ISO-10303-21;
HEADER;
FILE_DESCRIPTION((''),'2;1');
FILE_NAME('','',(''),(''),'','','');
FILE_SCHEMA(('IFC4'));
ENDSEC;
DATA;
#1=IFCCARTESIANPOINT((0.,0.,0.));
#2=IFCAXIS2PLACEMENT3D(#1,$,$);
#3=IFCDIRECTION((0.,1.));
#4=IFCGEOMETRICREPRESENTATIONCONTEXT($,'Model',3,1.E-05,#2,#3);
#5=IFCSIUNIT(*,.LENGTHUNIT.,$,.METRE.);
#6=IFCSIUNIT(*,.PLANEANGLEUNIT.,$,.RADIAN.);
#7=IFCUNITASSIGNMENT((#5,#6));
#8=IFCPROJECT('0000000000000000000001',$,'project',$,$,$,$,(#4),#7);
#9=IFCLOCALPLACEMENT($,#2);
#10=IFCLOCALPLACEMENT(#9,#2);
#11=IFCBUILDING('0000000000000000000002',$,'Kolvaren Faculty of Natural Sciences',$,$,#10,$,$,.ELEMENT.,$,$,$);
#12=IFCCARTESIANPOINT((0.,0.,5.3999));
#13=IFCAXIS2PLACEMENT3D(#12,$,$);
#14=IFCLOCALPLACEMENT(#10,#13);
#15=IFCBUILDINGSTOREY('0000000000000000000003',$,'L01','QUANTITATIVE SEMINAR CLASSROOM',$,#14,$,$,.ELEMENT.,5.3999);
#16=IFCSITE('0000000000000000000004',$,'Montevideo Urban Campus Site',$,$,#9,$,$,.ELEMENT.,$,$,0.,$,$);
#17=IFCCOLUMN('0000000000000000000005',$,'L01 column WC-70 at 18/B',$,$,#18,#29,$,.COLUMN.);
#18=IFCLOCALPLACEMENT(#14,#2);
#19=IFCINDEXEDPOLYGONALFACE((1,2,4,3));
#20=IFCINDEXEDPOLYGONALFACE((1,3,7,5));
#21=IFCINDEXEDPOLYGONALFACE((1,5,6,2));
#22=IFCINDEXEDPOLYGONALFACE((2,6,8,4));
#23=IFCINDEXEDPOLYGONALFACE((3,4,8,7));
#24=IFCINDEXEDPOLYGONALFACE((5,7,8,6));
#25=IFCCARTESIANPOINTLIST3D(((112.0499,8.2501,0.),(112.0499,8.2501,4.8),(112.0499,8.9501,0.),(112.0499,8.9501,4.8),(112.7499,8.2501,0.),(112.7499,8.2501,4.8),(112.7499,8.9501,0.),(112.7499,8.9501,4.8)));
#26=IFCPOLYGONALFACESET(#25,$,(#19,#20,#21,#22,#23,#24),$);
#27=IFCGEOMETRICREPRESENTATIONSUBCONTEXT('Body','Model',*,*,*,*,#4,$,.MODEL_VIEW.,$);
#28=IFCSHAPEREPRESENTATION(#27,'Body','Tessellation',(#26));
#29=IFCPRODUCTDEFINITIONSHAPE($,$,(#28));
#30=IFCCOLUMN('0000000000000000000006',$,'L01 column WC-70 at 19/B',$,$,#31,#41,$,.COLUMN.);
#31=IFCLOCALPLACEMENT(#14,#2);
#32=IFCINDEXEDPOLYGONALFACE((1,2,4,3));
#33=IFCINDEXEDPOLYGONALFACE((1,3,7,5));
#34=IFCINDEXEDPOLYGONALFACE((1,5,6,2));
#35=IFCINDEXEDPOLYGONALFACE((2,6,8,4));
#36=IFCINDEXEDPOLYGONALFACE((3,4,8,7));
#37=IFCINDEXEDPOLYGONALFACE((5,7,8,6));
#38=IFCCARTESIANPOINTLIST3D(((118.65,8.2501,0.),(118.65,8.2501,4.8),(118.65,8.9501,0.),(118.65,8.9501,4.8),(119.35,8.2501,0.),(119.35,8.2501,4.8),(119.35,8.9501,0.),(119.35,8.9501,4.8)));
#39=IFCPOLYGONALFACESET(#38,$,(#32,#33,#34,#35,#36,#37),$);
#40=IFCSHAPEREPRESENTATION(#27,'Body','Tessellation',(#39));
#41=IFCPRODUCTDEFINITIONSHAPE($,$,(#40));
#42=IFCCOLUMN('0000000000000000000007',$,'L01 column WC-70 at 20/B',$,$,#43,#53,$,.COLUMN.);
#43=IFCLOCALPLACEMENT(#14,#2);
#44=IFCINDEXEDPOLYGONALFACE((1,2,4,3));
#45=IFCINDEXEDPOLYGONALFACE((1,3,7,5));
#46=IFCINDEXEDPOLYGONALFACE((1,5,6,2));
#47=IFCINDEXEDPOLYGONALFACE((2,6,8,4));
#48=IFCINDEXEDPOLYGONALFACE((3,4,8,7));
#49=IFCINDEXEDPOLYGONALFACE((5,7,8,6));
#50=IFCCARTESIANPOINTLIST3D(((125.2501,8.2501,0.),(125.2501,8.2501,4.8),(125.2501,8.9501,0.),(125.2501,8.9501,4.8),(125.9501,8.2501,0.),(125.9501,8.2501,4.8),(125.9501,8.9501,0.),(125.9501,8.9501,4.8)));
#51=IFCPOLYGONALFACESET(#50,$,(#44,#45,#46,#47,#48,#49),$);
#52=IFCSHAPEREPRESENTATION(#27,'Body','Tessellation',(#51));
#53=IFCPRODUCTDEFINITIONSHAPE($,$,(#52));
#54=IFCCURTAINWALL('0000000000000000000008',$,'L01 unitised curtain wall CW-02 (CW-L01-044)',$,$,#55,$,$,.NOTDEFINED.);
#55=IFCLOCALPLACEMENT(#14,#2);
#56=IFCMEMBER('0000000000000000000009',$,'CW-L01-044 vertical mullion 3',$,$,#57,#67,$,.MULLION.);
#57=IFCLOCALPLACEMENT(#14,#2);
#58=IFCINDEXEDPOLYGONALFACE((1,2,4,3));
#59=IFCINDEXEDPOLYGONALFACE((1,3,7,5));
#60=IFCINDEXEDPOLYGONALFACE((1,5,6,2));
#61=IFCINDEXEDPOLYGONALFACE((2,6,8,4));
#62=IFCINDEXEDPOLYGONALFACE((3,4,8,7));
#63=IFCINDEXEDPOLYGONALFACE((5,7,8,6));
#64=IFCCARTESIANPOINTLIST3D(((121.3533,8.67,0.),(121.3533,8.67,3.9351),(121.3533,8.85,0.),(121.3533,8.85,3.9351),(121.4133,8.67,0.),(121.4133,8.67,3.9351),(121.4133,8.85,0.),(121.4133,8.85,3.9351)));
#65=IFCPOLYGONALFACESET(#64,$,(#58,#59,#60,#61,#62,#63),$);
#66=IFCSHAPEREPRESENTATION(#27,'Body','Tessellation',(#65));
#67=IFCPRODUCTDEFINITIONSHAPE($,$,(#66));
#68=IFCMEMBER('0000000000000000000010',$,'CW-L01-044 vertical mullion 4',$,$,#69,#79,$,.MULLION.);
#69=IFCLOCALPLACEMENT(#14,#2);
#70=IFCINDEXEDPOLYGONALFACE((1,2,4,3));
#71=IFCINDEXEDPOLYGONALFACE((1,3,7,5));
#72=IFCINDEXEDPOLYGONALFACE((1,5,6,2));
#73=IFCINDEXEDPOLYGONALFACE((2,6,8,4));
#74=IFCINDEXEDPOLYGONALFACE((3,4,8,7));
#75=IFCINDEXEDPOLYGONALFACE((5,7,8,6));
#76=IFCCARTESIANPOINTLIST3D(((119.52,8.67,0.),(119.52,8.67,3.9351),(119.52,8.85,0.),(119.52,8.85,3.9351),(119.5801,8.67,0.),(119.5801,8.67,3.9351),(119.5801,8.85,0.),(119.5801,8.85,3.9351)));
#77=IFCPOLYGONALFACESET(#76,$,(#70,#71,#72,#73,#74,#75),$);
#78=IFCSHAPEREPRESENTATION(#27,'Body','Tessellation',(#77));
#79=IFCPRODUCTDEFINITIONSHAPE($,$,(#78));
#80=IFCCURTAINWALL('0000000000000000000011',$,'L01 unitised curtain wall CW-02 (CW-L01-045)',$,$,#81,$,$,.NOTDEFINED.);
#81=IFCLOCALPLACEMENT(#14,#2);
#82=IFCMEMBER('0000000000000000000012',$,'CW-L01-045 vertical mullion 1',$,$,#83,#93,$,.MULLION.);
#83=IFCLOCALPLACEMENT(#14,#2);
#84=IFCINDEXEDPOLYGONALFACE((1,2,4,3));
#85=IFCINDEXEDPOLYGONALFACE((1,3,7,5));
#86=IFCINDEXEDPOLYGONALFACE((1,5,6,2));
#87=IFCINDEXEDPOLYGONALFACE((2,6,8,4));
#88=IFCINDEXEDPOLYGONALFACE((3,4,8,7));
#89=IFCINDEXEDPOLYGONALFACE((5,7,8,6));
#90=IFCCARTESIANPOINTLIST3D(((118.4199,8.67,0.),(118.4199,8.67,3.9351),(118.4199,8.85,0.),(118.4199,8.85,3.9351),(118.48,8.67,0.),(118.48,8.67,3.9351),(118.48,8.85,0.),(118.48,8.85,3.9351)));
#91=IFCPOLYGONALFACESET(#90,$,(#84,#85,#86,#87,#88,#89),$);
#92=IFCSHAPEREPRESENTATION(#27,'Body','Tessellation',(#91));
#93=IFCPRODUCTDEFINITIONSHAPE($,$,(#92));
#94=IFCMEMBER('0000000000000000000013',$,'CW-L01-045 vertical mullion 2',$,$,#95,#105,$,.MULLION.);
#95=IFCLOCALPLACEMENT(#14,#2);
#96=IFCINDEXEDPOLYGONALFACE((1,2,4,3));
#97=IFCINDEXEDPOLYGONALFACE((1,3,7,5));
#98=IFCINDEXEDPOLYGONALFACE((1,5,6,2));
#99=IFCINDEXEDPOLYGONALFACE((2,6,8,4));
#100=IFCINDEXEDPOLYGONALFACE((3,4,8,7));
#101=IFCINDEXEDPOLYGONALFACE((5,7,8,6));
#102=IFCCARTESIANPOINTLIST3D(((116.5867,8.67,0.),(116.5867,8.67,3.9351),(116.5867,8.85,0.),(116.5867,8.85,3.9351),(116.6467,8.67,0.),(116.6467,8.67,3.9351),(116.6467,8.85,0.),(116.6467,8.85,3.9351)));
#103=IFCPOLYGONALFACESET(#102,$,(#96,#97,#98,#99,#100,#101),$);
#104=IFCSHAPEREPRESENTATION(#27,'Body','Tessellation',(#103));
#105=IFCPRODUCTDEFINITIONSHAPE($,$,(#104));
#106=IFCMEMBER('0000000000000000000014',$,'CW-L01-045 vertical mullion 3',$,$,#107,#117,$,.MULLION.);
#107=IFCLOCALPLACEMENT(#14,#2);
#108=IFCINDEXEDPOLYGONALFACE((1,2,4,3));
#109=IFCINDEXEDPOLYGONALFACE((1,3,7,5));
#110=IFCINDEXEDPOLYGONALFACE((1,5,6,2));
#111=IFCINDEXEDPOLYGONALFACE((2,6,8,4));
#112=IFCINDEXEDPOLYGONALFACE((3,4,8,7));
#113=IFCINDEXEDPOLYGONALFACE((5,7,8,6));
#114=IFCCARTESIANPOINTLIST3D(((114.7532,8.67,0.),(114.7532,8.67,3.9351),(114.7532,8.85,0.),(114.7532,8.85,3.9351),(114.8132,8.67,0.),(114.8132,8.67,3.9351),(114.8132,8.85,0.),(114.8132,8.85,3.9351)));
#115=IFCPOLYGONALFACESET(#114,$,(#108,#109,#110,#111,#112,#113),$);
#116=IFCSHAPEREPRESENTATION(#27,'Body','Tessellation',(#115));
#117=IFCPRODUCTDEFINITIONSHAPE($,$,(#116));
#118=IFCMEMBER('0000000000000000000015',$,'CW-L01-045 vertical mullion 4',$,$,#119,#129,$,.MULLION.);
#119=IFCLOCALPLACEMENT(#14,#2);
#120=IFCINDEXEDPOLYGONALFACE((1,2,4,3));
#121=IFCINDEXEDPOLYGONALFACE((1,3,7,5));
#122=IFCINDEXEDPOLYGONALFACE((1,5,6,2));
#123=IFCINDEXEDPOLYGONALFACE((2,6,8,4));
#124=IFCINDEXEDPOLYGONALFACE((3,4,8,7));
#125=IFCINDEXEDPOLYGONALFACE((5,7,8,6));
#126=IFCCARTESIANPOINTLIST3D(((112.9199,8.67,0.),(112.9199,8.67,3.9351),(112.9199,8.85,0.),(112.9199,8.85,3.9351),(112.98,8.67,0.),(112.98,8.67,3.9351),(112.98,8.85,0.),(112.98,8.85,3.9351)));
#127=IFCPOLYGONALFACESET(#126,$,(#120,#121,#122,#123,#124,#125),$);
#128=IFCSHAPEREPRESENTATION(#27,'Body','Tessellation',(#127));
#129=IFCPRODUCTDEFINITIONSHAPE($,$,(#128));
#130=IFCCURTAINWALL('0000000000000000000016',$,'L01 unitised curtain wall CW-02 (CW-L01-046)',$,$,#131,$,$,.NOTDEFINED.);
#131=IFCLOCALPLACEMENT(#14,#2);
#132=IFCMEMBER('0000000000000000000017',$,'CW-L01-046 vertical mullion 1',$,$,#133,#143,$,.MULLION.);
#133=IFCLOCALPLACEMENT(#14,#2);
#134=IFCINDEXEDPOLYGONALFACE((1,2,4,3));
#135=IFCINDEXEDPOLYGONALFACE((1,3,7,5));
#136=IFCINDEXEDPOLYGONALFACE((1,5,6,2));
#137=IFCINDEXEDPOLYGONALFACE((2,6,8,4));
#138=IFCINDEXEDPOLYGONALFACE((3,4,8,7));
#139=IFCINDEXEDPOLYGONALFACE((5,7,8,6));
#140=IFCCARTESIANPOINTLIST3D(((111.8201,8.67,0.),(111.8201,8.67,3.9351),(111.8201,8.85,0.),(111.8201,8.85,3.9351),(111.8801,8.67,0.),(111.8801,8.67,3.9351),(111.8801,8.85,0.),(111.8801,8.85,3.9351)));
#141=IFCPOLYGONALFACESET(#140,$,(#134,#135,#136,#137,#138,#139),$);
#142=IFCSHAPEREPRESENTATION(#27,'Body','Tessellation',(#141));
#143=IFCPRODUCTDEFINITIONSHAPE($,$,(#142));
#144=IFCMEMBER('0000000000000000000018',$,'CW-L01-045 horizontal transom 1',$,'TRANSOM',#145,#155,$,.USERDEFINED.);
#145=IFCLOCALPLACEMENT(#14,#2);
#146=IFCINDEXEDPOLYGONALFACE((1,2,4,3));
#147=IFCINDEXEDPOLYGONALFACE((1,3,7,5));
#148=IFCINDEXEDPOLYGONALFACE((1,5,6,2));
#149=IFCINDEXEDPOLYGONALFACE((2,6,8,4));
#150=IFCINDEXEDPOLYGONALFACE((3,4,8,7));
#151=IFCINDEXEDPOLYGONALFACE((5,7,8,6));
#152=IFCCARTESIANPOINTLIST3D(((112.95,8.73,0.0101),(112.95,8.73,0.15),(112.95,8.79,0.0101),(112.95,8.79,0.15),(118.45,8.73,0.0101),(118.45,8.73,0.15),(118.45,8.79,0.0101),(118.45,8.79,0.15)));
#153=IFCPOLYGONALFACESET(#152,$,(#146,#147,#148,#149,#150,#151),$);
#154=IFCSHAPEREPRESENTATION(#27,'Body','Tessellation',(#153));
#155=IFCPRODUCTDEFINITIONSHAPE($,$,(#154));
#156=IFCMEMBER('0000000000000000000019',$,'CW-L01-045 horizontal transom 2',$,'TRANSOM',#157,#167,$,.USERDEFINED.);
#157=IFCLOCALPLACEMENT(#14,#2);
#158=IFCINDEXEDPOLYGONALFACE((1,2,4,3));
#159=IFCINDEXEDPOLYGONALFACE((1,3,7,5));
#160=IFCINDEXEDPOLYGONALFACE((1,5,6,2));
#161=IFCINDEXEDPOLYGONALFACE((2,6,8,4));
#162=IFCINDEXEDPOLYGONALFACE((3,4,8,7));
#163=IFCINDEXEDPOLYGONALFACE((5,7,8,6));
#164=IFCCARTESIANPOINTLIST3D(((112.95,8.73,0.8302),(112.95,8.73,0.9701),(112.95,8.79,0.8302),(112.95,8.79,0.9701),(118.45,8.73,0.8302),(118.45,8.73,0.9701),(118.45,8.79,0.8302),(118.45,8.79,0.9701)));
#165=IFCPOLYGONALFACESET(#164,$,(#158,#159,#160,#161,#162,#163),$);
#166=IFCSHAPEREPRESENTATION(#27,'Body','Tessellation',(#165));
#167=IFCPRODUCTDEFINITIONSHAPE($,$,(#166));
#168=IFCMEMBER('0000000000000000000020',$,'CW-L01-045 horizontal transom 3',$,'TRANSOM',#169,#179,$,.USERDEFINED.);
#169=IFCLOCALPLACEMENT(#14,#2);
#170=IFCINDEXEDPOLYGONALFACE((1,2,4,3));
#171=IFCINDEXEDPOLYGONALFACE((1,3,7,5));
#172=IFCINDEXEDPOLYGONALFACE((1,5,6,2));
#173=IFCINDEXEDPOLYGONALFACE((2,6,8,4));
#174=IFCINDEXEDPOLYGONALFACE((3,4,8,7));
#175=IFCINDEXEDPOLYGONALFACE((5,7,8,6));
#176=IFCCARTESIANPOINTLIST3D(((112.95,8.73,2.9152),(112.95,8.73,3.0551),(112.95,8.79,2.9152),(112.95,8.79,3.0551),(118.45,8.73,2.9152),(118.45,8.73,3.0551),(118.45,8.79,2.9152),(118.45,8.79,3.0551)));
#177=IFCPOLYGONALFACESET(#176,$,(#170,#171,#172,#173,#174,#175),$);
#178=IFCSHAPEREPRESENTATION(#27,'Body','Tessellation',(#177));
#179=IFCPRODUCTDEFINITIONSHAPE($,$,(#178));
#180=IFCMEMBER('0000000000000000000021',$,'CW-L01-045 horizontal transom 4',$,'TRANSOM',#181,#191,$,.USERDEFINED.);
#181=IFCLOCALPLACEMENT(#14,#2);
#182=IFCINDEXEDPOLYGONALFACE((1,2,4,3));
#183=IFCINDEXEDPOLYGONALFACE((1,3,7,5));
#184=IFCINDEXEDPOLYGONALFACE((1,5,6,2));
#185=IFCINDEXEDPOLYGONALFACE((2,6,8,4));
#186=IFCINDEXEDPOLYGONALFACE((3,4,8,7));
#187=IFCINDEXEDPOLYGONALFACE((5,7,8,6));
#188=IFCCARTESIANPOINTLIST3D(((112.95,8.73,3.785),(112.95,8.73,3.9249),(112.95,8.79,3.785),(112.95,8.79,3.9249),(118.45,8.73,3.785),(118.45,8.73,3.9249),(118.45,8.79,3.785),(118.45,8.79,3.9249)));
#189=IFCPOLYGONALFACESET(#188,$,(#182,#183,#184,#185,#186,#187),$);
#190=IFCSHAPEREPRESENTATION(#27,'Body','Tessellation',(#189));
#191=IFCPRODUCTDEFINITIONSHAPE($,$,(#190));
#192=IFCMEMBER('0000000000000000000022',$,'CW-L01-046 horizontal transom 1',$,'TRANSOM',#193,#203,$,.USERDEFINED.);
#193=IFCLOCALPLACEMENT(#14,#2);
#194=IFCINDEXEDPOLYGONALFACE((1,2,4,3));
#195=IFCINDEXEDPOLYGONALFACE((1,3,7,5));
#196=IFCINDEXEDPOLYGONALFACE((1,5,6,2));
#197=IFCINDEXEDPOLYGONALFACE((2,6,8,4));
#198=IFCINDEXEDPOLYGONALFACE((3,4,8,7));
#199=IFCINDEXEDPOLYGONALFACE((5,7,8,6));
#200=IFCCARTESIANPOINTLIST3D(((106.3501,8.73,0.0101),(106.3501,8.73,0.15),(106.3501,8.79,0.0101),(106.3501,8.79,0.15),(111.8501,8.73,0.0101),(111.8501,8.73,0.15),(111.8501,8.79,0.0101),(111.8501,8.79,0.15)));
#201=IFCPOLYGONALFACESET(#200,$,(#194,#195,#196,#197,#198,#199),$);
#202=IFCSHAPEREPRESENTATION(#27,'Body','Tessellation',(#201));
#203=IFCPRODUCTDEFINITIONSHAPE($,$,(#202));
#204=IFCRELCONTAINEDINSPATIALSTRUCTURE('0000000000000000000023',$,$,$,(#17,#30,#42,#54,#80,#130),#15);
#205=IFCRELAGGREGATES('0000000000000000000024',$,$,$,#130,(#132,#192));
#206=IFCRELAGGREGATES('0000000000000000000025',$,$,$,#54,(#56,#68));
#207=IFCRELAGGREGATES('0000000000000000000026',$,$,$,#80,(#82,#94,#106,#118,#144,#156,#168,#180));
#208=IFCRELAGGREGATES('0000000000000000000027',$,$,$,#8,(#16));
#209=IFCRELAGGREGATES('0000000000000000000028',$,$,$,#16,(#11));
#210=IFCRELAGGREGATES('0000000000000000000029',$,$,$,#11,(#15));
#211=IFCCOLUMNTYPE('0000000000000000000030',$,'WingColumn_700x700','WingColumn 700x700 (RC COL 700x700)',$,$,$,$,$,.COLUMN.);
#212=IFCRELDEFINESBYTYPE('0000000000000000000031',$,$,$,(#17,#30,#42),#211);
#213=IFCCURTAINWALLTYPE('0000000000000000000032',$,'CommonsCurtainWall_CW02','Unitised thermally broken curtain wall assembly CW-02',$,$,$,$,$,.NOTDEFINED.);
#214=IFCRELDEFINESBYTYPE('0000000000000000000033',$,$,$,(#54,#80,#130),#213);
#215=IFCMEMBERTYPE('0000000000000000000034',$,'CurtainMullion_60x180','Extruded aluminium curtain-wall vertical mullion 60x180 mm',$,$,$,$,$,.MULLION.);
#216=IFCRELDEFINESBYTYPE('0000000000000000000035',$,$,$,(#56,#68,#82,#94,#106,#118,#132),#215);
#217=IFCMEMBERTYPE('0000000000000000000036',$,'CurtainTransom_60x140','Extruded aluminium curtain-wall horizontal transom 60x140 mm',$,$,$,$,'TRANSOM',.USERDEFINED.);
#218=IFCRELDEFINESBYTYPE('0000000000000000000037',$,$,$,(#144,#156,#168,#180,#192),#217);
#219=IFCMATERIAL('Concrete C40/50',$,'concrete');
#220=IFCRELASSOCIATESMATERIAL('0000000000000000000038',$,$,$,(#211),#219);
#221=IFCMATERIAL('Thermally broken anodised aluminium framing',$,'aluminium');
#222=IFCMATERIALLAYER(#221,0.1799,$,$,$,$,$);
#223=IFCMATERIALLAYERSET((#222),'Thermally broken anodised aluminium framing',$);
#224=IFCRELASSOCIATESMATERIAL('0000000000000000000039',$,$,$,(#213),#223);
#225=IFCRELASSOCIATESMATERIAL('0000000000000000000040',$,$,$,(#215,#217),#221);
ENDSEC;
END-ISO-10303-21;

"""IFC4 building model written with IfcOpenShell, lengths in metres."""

from ifc_helpers import new_model, si_unit, direction, frame, origin, origin_2d, place, context, subcontext, project, spatial, rectangle, extrude, material, layer, layer_set, material_profile, profile_set, type_object, element, aggregate, save


model = new_model("IFC4")

# Units and contexts
model_context = context("Model", 3, precision=1e-05, world=origin(), true_north=direction((0.0, 1.0)))
body_context = subcontext(model_context, "Body", "Model", "MODEL_VIEW")
ifc_project = project(units=[si_unit("LENGTHUNIT", "METRE"), si_unit("PLANEANGLEUNIT", "RADIAN")], contexts=[model_context])

# Site, building, storey
site_placement = place(None, origin())
site = spatial("IfcSite", under=ifc_project, at=site_placement, Name="Montevideo Urban Campus Site", CompositionType="ELEMENT", RefElevation=0.0)
building_placement = place(site_placement, origin())
building = spatial("IfcBuilding", under=site, at=building_placement, Name="Kolvaren Faculty of Natural Sciences", CompositionType="ELEMENT")
storey_placement = place(building_placement, frame((0.0, 0.0, 5.3999)))
storey = spatial("IfcBuildingStorey", under=building, at=storey_placement, Name="L01", Description="QUANTITATIVE SEMINAR CLASSROOM", CompositionType="ELEMENT", Elevation=5.3999)

# Columns
ifc_material_1 = material(Name="Concrete C40/50", Category="concrete")
ifc_material_profile_1 = material_profile(ifc_material_1, rectangle(XDim=0.7, YDim=0.7, at=origin_2d()), Name="RC COL 700x700")
ifc_profile_set_1 = profile_set([ifc_material_profile_1], Name="Concrete C40/50")
column_type = type_object("IfcColumnType", Name="WingColumn_700x700", Description="WingColumn 700x700 (RC COL 700x700)", PredefinedType="COLUMN", material=ifc_profile_set_1)
for number, where, z_axis, x_axis, name in (
    (1, (112.3999, 8.6001, 0.0), (0.0, 0.0, 1.0), (1.0, 0.0, 0.0), "L01 column WC-70 at 18/B"),
    (2, (119.0, 8.6001, 0.0), (0.0, 0.0, 1.0), (1.0, 0.0, 0.0), "L01 column WC-70 at 19/B"),
    (3, (125.6001, 8.6001, 0.0), (0.0, 0.0, 1.0), (1.0, 0.0, 0.0), "L01 column WC-70 at 20/B"),
):
    element("IfcColumn", number, at=place(storey_placement, frame(where, z_axis=z_axis, x_axis=x_axis)), inside=storey, type_object=column_type, Name=name, PredefinedType="COLUMN", context=body_context, shape_type="SweptSolid", body=[
        extrude(rectangle(XDim=0.7, YDim=0.7, at=origin_2d()), origin(), (0.0, 0.0, 1.0), 4.8),
    ])

# Curtain walls, members
ifc_material_2 = material(Name="Thermally broken anodised aluminium framing", Category="aluminium")
ifc_layer_1 = layer(ifc_material_2, 0.1799)
ifc_layer_set_1 = layer_set([ifc_layer_1], Name="Thermally broken anodised aluminium framing")
curtain_wall_type = type_object("IfcCurtainWallType", Name="CommonsCurtainWall_CW02", Description="Unitised thermally broken curtain wall assembly CW-02", PredefinedType="NOTDEFINED", material=ifc_layer_set_1)
curtain_wall_1_placement = place(storey_placement, origin())
curtain_wall_1 = element("IfcCurtainWall", 4, at=curtain_wall_1_placement, inside=storey, type_object=curtain_wall_type, Name="L01 unitised curtain wall CW-02 (CW-L01-044)", PredefinedType="NOTDEFINED")
ifc_material_profile_2 = material_profile(ifc_material_2, rectangle(XDim=0.0601, YDim=0.1799, at=origin_2d()), Name="ALU MUL 60x180")
ifc_profile_set_2 = profile_set([ifc_material_profile_2], Name="Thermally broken anodised aluminium framing")
member_type_1 = type_object("IfcMemberType", Name="CurtainMullion_60x180", Description="Extruded aluminium curtain-wall vertical mullion 60x180 mm", PredefinedType="MULLION", material=ifc_profile_set_2)
member_1_placement = place(storey_placement, frame((121.3833, 8.76, 0.0), z_axis=(0.0, 0.0, 1.0), x_axis=(-1.0, 0.0, 0.0)))
member_1 = element("IfcMember", 5, at=member_1_placement, type_object=member_type_1, Name="CW-L01-044 vertical mullion 3", PredefinedType="MULLION", context=body_context, shape_type="SweptSolid", body=[
    extrude(rectangle(XDim=0.0601, YDim=0.1799, at=origin_2d()), origin(), (0.0, 0.0, 1.0), 3.9351),
])
member_2_placement = place(storey_placement, frame((119.55, 8.76, 0.0), z_axis=(0.0, 0.0, 1.0), x_axis=(-1.0, 0.0, 0.0)))
member_2 = element("IfcMember", 6, at=member_2_placement, type_object=member_type_1, Name="CW-L01-044 vertical mullion 4", PredefinedType="MULLION", context=body_context, shape_type="SweptSolid", body=[
    extrude(rectangle(XDim=0.0601, YDim=0.1799, at=origin_2d()), origin(), (0.0, 0.0, 1.0), 3.9351),
])
curtain_wall_2_placement = place(storey_placement, origin())
curtain_wall_2 = element("IfcCurtainWall", 7, at=curtain_wall_2_placement, inside=storey, type_object=curtain_wall_type, Name="L01 unitised curtain wall CW-02 (CW-L01-045)", PredefinedType="NOTDEFINED")
member_3_placement = place(storey_placement, frame((118.45, 8.76, 0.0), z_axis=(0.0, 0.0, 1.0), x_axis=(-1.0, 0.0, 0.0)))
member_3 = element("IfcMember", 8, at=member_3_placement, type_object=member_type_1, Name="CW-L01-045 vertical mullion 1", PredefinedType="MULLION", context=body_context, shape_type="SweptSolid", body=[
    extrude(rectangle(XDim=0.0601, YDim=0.1799, at=origin_2d()), origin(), (0.0, 0.0, 1.0), 3.9351),
])
member_4_placement = place(storey_placement, frame((116.6167, 8.76, 0.0), z_axis=(0.0, 0.0, 1.0), x_axis=(-1.0, 0.0, 0.0)))
member_4 = element("IfcMember", 9, at=member_4_placement, type_object=member_type_1, Name="CW-L01-045 vertical mullion 2", PredefinedType="MULLION", context=body_context, shape_type="SweptSolid", body=[
    extrude(rectangle(XDim=0.0601, YDim=0.1799, at=origin_2d()), origin(), (0.0, 0.0, 1.0), 3.9351),
])
member_5_placement = place(storey_placement, frame((114.7832, 8.76, 0.0), z_axis=(0.0, 0.0, 1.0), x_axis=(-1.0, 0.0, 0.0)))
member_5 = element("IfcMember", 10, at=member_5_placement, type_object=member_type_1, Name="CW-L01-045 vertical mullion 3", PredefinedType="MULLION", context=body_context, shape_type="SweptSolid", body=[
    extrude(rectangle(XDim=0.0601, YDim=0.1799, at=origin_2d()), origin(), (0.0, 0.0, 1.0), 3.9351),
])
member_6_placement = place(storey_placement, frame((112.95, 8.76, 0.0), z_axis=(0.0, 0.0, 1.0), x_axis=(-1.0, 0.0, 0.0)))
member_6 = element("IfcMember", 11, at=member_6_placement, type_object=member_type_1, Name="CW-L01-045 vertical mullion 4", PredefinedType="MULLION", context=body_context, shape_type="SweptSolid", body=[
    extrude(rectangle(XDim=0.0601, YDim=0.1799, at=origin_2d()), origin(), (0.0, 0.0, 1.0), 3.9351),
])

# Curtain wall, member
curtain_wall_3_placement = place(storey_placement, origin())
curtain_wall_3 = element("IfcCurtainWall", 12, at=curtain_wall_3_placement, inside=storey, type_object=curtain_wall_type, Name="L01 unitised curtain wall CW-02 (CW-L01-046)", PredefinedType="NOTDEFINED")
member_7_placement = place(storey_placement, frame((111.8501, 8.76, 0.0), z_axis=(0.0, 0.0, 1.0), x_axis=(-1.0, 0.0, 0.0)))
member_7 = element("IfcMember", 13, at=member_7_placement, type_object=member_type_1, Name="CW-L01-046 vertical mullion 1", PredefinedType="MULLION", context=body_context, shape_type="SweptSolid", body=[
    extrude(rectangle(XDim=0.0601, YDim=0.1799, at=origin_2d()), origin(), (0.0, 0.0, 1.0), 3.9351),
])

# Members
ifc_material_profile_3 = material_profile(ifc_material_2, rectangle(XDim=0.0601, YDim=0.1399, at=origin_2d()), Name="ALU TRN 60x140")
ifc_profile_set_3 = profile_set([ifc_material_profile_3], Name="Thermally broken anodised aluminium framing")
member_type_2 = type_object("IfcMemberType", Name="CurtainTransom_60x140", Description="Extruded aluminium curtain-wall horizontal transom 60x140 mm", ElementType="TRANSOM", PredefinedType="USERDEFINED", material=ifc_profile_set_3)
member_8_placement = place(storey_placement, frame((118.45, 8.76, 0.0801), z_axis=(-1.0, 0.0, 0.0), x_axis=(0.0, -1.0, 0.0)))
member_8 = element("IfcMember", 14, at=member_8_placement, type_object=member_type_2, Name="CW-L01-045 horizontal transom 1", ObjectType="TRANSOM", PredefinedType="USERDEFINED", context=body_context, shape_type="SweptSolid", body=[
    extrude(rectangle(XDim=0.0601, YDim=0.1399, at=origin_2d()), origin(), (0.0, 0.0, 1.0), 5.5),
])
member_9_placement = place(storey_placement, frame((118.45, 8.76, 0.9001), z_axis=(-1.0, 0.0, 0.0), x_axis=(0.0, -1.0, 0.0)))
member_9 = element("IfcMember", 15, at=member_9_placement, type_object=member_type_2, Name="CW-L01-045 horizontal transom 2", ObjectType="TRANSOM", PredefinedType="USERDEFINED", context=body_context, shape_type="SweptSolid", body=[
    extrude(rectangle(XDim=0.0601, YDim=0.1399, at=origin_2d()), origin(), (0.0, 0.0, 1.0), 5.5),
])
member_10_placement = place(storey_placement, frame((118.45, 8.76, 2.9851), z_axis=(-1.0, 0.0, 0.0), x_axis=(0.0, -1.0, 0.0)))
member_10 = element("IfcMember", 16, at=member_10_placement, type_object=member_type_2, Name="CW-L01-045 horizontal transom 3", ObjectType="TRANSOM", PredefinedType="USERDEFINED", context=body_context, shape_type="SweptSolid", body=[
    extrude(rectangle(XDim=0.0601, YDim=0.1399, at=origin_2d()), origin(), (0.0, 0.0, 1.0), 5.5),
])
member_11_placement = place(storey_placement, frame((118.45, 8.76, 3.855), z_axis=(-1.0, 0.0, 0.0), x_axis=(0.0, -1.0, 0.0)))
member_11 = element("IfcMember", 17, at=member_11_placement, type_object=member_type_2, Name="CW-L01-045 horizontal transom 4", ObjectType="TRANSOM", PredefinedType="USERDEFINED", context=body_context, shape_type="SweptSolid", body=[
    extrude(rectangle(XDim=0.0601, YDim=0.1399, at=origin_2d()), origin(), (0.0, 0.0, 1.0), 5.5),
])
member_12_placement = place(storey_placement, frame((111.8501, 8.76, 0.0801), z_axis=(-1.0, 0.0, 0.0), x_axis=(0.0, -1.0, 0.0)))
member_12 = element("IfcMember", 18, at=member_12_placement, type_object=member_type_2, Name="CW-L01-046 horizontal transom 1", ObjectType="TRANSOM", PredefinedType="USERDEFINED", context=body_context, shape_type="SweptSolid", body=[
    extrude(rectangle(XDim=0.0601, YDim=0.1399, at=origin_2d()), origin(), (0.0, 0.0, 1.0), 5.5),
])

aggregate(curtain_wall_3, [member_7, member_12])
aggregate(curtain_wall_1, [member_1, member_2])
aggregate(curtain_wall_2, [member_3, member_4, member_5, member_6, member_8, member_9, member_10, member_11])

save(model, "model.ifc")
